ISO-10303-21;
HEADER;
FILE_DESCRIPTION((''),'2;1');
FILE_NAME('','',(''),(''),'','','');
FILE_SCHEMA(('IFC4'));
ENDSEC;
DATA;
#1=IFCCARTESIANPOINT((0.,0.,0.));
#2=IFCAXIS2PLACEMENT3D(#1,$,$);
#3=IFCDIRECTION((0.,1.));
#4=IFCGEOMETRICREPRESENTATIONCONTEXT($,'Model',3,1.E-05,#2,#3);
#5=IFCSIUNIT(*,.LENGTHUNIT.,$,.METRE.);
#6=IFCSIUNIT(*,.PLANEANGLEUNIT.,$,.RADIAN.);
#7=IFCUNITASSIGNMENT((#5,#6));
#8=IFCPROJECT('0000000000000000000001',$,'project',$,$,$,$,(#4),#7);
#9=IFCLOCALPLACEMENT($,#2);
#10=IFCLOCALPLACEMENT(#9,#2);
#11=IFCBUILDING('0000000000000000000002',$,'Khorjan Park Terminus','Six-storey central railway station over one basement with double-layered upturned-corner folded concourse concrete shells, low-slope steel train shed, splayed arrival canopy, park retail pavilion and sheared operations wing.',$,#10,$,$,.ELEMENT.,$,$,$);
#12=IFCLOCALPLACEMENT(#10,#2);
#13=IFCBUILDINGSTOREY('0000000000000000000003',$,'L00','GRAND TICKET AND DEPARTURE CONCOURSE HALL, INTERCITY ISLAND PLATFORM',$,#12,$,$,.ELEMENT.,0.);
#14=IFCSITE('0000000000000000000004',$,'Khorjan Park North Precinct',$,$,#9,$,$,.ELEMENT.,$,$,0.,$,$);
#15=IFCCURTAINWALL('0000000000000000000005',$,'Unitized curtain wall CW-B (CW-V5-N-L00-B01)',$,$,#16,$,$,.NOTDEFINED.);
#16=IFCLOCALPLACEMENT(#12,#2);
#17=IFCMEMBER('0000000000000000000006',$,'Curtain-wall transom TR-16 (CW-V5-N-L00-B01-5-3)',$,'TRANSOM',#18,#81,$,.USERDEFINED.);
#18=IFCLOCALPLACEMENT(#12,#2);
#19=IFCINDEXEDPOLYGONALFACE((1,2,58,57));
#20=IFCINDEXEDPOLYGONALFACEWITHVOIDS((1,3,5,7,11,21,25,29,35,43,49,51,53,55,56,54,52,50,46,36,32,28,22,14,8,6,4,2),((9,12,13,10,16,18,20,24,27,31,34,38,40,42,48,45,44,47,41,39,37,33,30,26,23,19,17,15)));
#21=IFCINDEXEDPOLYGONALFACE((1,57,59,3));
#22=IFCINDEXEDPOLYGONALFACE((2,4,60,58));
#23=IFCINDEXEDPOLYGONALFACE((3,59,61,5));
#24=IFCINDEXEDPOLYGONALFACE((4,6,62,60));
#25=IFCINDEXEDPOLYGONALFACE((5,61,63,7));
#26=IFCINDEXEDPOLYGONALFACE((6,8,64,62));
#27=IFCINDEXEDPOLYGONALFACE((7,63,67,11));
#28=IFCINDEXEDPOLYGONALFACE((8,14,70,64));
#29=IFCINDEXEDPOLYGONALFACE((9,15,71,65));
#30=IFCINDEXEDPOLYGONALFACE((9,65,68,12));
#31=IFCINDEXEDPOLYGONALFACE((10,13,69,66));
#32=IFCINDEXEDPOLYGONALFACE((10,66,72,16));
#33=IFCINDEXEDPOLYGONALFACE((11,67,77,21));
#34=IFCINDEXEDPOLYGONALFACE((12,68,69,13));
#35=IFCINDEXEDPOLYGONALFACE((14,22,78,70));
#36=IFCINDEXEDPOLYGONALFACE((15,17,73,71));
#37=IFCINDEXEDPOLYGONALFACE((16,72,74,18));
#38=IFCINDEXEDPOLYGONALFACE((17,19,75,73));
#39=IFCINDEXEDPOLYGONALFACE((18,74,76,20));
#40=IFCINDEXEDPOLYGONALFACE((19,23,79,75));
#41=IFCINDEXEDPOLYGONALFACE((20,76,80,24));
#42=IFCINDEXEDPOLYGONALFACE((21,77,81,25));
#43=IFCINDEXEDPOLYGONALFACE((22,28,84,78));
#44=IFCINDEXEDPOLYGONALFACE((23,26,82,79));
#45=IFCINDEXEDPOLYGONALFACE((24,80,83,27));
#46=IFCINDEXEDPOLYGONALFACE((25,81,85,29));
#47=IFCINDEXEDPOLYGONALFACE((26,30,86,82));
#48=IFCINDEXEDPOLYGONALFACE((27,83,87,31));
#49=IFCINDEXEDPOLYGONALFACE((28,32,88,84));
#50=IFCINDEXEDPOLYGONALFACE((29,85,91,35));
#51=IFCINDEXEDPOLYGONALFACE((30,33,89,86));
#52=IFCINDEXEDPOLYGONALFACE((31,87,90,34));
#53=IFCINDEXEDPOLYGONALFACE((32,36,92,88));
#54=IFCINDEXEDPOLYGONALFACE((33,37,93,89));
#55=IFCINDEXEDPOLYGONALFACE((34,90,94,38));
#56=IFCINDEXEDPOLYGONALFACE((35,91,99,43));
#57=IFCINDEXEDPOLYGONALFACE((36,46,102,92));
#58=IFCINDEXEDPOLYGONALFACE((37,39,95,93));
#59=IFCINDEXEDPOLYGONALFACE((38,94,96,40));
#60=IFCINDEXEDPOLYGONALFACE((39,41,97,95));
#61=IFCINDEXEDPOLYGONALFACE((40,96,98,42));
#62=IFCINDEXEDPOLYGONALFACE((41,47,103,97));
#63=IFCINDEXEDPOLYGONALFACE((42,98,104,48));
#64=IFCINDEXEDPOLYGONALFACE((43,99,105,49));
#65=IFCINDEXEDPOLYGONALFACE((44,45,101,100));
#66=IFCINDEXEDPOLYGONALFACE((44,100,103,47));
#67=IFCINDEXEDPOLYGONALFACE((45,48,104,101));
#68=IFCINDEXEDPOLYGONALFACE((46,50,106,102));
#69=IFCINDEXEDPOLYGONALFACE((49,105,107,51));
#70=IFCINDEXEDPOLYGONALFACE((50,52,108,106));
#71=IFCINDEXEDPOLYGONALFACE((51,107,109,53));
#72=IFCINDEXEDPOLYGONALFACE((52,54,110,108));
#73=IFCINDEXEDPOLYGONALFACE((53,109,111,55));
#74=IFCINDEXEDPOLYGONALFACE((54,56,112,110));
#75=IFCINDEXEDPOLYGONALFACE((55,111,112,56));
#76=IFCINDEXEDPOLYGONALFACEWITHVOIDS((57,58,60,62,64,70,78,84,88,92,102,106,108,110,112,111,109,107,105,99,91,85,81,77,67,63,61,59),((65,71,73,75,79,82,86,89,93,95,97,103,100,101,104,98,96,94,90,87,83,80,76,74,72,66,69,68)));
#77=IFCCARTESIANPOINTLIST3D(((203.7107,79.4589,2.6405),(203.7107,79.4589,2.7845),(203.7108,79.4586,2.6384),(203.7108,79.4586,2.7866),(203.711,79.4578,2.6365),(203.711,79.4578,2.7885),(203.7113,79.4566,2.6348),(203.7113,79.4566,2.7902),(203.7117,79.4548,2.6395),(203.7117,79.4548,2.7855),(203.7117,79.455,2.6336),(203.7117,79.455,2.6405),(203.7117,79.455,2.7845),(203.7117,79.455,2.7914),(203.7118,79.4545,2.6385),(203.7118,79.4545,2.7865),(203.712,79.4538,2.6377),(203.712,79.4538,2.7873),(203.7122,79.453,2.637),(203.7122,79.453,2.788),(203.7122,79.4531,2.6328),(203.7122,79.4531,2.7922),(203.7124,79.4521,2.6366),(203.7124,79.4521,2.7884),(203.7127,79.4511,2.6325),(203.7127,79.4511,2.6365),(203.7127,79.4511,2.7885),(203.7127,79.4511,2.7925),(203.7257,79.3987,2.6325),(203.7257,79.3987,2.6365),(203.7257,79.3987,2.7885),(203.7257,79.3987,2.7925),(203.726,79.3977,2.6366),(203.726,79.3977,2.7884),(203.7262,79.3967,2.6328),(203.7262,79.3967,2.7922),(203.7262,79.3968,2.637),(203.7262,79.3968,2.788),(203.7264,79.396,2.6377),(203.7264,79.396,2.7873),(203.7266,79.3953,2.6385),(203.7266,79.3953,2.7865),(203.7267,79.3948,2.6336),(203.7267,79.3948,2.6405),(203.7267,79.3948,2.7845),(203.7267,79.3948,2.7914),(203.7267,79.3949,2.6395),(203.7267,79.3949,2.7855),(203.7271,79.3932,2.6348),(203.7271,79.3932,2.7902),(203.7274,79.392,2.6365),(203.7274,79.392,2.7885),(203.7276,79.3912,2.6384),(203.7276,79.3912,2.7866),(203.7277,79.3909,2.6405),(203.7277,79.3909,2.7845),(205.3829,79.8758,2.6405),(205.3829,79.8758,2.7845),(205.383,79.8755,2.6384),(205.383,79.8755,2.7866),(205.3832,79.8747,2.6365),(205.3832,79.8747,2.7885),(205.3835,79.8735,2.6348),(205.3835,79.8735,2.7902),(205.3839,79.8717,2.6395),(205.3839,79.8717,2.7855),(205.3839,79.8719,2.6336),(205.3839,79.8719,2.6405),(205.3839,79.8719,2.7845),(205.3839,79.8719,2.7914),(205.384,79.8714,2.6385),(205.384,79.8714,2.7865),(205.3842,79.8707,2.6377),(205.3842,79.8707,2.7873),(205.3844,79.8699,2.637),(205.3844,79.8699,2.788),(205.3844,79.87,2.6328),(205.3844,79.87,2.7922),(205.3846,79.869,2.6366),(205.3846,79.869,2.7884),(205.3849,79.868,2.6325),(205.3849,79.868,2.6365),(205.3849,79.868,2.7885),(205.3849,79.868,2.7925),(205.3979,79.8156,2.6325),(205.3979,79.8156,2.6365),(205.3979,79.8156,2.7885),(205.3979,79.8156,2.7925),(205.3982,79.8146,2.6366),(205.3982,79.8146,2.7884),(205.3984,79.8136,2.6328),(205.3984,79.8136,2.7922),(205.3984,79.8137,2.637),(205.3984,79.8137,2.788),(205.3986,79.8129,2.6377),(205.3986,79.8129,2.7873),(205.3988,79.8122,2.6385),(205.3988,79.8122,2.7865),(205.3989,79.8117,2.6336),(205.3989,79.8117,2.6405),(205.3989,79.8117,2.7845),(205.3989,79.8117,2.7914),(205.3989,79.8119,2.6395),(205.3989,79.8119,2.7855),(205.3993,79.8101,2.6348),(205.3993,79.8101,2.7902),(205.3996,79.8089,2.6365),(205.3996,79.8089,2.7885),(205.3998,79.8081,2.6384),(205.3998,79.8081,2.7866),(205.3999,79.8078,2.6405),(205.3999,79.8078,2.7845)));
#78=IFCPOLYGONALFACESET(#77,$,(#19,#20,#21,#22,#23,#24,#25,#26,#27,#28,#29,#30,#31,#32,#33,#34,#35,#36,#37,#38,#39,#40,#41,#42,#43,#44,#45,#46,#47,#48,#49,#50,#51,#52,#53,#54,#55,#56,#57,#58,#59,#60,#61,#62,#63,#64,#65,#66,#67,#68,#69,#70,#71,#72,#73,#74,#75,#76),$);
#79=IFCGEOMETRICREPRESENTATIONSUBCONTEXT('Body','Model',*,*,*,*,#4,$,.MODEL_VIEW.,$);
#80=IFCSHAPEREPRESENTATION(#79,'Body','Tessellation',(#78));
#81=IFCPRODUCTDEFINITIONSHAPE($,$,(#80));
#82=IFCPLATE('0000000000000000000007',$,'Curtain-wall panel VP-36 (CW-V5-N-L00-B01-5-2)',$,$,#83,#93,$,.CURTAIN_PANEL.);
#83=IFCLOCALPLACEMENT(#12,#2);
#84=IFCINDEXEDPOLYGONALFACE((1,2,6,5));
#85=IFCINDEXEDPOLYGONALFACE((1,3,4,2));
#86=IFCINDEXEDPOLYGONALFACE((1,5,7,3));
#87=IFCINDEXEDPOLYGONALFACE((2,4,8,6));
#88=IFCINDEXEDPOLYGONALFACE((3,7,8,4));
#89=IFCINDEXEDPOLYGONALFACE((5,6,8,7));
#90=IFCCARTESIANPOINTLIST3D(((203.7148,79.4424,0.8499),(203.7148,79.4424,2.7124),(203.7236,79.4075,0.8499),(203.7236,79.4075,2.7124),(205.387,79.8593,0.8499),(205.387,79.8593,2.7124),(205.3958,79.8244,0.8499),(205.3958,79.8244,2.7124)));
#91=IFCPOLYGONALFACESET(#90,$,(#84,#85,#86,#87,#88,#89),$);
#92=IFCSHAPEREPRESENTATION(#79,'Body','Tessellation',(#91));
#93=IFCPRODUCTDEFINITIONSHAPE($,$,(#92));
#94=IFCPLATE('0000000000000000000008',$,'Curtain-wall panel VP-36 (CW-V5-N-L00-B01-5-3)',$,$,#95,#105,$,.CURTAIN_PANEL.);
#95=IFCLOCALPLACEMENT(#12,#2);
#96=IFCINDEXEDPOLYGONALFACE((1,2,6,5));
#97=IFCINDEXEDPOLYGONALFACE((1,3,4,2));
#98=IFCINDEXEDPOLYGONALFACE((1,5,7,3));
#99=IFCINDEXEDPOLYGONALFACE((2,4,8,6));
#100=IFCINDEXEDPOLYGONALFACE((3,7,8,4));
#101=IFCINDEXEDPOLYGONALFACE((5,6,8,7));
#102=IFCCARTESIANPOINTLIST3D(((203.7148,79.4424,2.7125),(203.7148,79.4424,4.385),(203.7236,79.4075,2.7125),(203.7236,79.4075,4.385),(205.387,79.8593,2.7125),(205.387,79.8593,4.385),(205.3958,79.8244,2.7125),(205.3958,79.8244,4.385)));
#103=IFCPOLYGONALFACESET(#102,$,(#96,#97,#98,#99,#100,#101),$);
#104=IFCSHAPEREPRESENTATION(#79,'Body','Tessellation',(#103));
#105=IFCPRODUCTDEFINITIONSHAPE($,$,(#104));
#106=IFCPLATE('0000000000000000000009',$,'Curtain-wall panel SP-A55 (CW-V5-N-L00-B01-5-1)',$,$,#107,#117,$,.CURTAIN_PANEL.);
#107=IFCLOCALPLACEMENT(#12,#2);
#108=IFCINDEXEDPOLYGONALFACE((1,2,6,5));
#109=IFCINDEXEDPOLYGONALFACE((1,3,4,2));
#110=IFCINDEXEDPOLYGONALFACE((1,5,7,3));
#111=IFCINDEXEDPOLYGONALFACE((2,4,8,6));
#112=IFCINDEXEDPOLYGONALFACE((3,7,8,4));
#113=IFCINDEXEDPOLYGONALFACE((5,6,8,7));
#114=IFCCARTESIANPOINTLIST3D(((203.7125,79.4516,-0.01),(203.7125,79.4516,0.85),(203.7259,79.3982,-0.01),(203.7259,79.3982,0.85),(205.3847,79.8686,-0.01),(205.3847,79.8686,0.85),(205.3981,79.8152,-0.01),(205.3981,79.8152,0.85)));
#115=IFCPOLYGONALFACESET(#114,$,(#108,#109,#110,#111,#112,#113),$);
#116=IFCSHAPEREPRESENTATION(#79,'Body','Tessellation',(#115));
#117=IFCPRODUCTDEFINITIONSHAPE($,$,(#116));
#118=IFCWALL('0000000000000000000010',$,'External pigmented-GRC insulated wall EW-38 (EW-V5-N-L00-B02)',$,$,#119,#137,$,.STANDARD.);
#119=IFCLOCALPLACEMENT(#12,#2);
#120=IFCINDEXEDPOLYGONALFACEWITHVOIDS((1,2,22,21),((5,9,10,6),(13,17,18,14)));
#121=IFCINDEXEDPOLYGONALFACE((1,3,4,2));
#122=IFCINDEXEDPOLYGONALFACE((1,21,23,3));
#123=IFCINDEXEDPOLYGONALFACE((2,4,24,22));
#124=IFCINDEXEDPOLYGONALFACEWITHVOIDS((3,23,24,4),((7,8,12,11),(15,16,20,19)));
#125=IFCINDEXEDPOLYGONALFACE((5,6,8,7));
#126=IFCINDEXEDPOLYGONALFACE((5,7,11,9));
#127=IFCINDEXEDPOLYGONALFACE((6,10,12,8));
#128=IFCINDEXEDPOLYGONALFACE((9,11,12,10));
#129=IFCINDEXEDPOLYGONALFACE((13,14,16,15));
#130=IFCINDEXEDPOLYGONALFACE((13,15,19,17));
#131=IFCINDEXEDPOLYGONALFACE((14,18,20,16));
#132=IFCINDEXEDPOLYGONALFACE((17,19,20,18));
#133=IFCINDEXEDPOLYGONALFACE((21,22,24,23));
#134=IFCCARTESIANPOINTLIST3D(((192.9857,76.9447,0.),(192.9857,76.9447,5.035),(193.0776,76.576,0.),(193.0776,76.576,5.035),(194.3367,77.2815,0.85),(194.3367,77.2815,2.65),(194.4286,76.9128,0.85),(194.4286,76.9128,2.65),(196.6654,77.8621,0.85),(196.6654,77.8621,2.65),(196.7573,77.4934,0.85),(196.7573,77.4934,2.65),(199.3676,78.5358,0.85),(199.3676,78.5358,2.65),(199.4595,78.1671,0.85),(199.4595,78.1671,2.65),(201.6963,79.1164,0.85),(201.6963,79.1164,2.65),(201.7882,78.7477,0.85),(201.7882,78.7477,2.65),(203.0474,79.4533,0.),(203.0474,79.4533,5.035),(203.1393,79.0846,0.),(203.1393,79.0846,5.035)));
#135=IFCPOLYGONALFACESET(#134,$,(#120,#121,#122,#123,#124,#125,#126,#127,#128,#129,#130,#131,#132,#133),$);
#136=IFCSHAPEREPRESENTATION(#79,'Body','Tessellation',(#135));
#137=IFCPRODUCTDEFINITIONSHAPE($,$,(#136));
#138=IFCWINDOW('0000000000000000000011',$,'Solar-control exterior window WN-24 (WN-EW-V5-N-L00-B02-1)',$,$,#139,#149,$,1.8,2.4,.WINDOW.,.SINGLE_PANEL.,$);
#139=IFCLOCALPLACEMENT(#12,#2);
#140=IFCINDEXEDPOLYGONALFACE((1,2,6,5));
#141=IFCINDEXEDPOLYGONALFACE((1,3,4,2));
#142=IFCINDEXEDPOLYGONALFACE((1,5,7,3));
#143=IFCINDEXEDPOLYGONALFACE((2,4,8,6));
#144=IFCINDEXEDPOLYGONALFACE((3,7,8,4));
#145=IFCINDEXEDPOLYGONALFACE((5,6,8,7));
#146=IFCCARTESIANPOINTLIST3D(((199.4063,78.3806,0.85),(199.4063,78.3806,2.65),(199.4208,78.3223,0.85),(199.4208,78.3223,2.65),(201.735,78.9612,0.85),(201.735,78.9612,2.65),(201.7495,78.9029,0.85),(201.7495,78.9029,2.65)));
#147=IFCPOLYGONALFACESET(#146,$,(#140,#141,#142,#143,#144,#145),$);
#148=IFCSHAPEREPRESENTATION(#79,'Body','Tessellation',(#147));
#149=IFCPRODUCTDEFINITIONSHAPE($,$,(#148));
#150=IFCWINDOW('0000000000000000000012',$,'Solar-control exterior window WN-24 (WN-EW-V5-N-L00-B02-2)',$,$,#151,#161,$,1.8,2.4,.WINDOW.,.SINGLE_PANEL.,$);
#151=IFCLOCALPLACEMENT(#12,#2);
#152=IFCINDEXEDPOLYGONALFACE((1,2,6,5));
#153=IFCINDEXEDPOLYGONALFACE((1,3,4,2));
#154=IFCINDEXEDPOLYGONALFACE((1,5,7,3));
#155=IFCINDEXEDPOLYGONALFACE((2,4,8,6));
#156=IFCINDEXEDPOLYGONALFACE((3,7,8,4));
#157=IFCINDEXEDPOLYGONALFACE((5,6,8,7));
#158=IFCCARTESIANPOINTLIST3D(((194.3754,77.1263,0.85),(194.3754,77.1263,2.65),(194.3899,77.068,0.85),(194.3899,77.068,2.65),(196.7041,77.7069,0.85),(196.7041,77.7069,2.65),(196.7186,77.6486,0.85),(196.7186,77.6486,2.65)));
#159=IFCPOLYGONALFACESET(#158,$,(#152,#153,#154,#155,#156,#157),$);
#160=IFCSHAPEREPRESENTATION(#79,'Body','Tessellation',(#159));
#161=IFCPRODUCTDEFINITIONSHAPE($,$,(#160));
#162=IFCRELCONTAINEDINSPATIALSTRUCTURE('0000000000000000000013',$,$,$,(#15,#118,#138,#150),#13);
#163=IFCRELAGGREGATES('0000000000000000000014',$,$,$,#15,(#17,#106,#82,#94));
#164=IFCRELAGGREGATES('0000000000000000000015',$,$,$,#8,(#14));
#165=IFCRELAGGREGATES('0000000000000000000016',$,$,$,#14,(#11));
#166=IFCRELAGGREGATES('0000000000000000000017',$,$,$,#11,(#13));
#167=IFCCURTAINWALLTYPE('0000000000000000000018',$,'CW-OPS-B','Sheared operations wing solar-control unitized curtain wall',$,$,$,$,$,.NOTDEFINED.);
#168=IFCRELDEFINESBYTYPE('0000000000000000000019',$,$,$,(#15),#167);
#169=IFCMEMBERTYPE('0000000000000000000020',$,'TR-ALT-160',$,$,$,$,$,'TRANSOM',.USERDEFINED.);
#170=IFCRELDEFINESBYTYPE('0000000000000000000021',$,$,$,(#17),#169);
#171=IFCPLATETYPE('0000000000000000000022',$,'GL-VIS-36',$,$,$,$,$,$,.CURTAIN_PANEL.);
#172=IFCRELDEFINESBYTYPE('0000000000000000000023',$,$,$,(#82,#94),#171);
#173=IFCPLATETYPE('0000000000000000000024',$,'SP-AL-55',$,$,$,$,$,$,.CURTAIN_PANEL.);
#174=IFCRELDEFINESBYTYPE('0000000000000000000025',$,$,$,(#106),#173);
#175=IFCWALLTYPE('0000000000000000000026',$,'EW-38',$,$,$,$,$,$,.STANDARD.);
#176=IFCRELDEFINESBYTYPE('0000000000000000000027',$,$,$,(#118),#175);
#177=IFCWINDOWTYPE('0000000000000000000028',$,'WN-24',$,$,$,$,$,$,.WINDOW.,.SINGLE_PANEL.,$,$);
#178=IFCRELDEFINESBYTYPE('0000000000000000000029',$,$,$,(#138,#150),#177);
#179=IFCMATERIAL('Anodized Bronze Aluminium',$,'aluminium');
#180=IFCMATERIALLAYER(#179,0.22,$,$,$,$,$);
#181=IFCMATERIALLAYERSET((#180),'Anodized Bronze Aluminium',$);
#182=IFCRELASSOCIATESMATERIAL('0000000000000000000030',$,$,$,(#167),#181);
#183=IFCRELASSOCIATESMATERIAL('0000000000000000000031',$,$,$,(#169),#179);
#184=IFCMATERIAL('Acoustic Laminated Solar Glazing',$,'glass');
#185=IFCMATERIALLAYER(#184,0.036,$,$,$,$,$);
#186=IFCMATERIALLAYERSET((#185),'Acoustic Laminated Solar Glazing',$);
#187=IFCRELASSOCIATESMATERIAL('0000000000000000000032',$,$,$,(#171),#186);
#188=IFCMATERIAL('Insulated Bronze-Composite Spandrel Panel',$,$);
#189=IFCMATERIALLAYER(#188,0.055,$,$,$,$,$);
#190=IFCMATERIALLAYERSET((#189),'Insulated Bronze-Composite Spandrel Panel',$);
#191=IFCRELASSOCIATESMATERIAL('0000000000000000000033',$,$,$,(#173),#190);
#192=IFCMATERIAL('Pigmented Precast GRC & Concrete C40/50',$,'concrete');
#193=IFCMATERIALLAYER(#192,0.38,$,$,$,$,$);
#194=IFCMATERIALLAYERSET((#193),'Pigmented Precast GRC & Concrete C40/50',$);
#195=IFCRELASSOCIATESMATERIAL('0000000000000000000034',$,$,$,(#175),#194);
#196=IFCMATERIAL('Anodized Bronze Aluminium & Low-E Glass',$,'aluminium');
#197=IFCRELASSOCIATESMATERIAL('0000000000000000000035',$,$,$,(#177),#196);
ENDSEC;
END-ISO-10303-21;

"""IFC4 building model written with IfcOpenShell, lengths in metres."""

from ifc_helpers import new_model, si_unit, direction, frame, frame_2d, origin, origin_2d, place, context, subcontext, project, spatial, rectangle, hollow_rectangle, extrude, material, layer, layer_set, material_profile, profile_set, type_object, element, fill, aggregate, save


model = new_model("IFC4")

# Units and contexts
model_context = context("Model", 3, precision=1e-05, world=origin(), true_north=direction((0.0, 1.0)))
body_context = subcontext(model_context, "Body", "Model", "MODEL_VIEW")
ifc_project = project(units=[si_unit("LENGTHUNIT", "METRE"), si_unit("PLANEANGLEUNIT", "RADIAN")], contexts=[model_context])

# Site, building, storey
site_placement = place(None, origin())
site = spatial("IfcSite", under=ifc_project, at=site_placement, Name="Khorjan Park North Precinct", CompositionType="ELEMENT", RefElevation=0.0)
building_placement = place(site_placement, origin())
building = spatial("IfcBuilding", under=site, at=building_placement, Name="Khorjan Park Terminus", Description="Six-storey central railway station over one basement with double-layered upturned-corner folded concourse concrete shells, low-slope steel train shed, splayed arrival canopy, park retail pavilion and sheared operations wing.", CompositionType="ELEMENT")
storey_placement = place(building_placement, origin())
storey = spatial("IfcBuildingStorey", under=building, at=storey_placement, Name="L00", Description="GRAND TICKET AND DEPARTURE CONCOURSE HALL, INTERCITY ISLAND PLATFORM", CompositionType="ELEMENT", Elevation=0.0)

# Curtain wall, member, plates
ifc_material_1 = material(Name="Anodized Bronze Aluminium", Category="aluminium")
ifc_layer_1 = layer(ifc_material_1, 0.22)
ifc_layer_set_1 = layer_set([ifc_layer_1], Name="Anodized Bronze Aluminium")
curtain_wall_type = type_object("IfcCurtainWallType", Name="CW-OPS-B", Description="Sheared operations wing solar-control unitized curtain wall", PredefinedType="NOTDEFINED", material=ifc_layer_set_1)
curtain_wall_placement = place(storey_placement, origin())
curtain_wall = element("IfcCurtainWall", 1, at=curtain_wall_placement, inside=storey, type_object=curtain_wall_type, Name="Unitized curtain wall CW-B (CW-V5-N-L00-B01)", PredefinedType="NOTDEFINED")
ifc_material_profile_1 = material_profile(ifc_material_1, hollow_rectangle(XDim=0.07, YDim=0.16, WallThickness=0.004, InnerFilletRadius=0.004, OuterFilletRadius=0.008, at=origin_2d()), Name="ALT 70x160x4")
ifc_profile_set_1 = profile_set([ifc_material_profile_1], Name="Anodized Bronze Aluminium")
member_type_1 = type_object("IfcMemberType", Name="TR-ALT-160", ElementType="TRANSOM", PredefinedType="USERDEFINED", material=ifc_profile_set_1)
member_1_placement = place(storey_placement, frame((205.3914, 79.8418, 2.7125), z_axis=(-0.970299, -0.241908, 0.0), x_axis=(0.241908, -0.970299, 0.0)))
member_1 = element("IfcMember", 2, at=member_1_placement, type_object=member_type_1, Name="Curtain-wall transom TR-16 (CW-V5-N-L00-B01-5-3)", ObjectType="TRANSOM", PredefinedType="USERDEFINED", context=body_context, shape_type="SweptSolid", body=[
    extrude(hollow_rectangle(XDim=0.07, YDim=0.16, WallThickness=0.004, InnerFilletRadius=0.004, OuterFilletRadius=0.008, at=origin_2d()), origin(), (0.0, 0.0, 1.0), 1.7234),
])
ifc_material_2 = material(Name="Acoustic Laminated Solar Glazing", Category="glass")
ifc_layer_2 = layer(ifc_material_2, 0.036)
ifc_layer_set_2 = layer_set([ifc_layer_2], Name="Acoustic Laminated Solar Glazing")
plate_type_1 = type_object("IfcPlateType", Name="GL-VIS-36", PredefinedType="CURTAIN_PANEL", material=ifc_layer_set_2)
plate_1_placement = place(storey_placement, frame((204.5553, 79.6334, 0.8499), z_axis=(0.0, 0.0, 1.0), x_axis=(-0.970294, -0.241928, 0.0)))
plate_1 = element("IfcPlate", 3, at=plate_1_placement, type_object=plate_type_1, Name="Curtain-wall panel VP-36 (CW-V5-N-L00-B01-5-2)", PredefinedType="CURTAIN_PANEL", context=body_context, shape_type="SweptSolid", body=[
    extrude(rectangle(XDim=1.7234, YDim=0.036, at=origin_2d()), origin(), (0.0, 0.0, 1.0), 1.8625),
])
plate_2_placement = place(storey_placement, frame((204.5553, 79.6334, 2.7125), z_axis=(0.0, 0.0, 1.0), x_axis=(-0.970294, -0.241928, 0.0)))
plate_2 = element("IfcPlate", 4, at=plate_2_placement, type_object=plate_type_1, Name="Curtain-wall panel VP-36 (CW-V5-N-L00-B01-5-3)", PredefinedType="CURTAIN_PANEL", context=body_context, shape_type="SweptSolid", body=[
    extrude(rectangle(XDim=1.7234, YDim=0.036, at=origin_2d()), origin(), (0.0, 0.0, 1.0), 1.6725),
])
ifc_material_3 = material(Name="Insulated Bronze-Composite Spandrel Panel")
ifc_layer_3 = layer(ifc_material_3, 0.055)
ifc_layer_set_3 = layer_set([ifc_layer_3], Name="Insulated Bronze-Composite Spandrel Panel")
plate_type_2 = type_object("IfcPlateType", Name="SP-AL-55", PredefinedType="CURTAIN_PANEL", material=ifc_layer_set_3)
plate_3_placement = place(storey_placement, frame((204.5553, 79.6334, -0.01), z_axis=(0.0, 0.0, 1.0), x_axis=(-0.970294, -0.241928, 0.0)))
plate_3 = element("IfcPlate", 5, at=plate_3_placement, type_object=plate_type_2, Name="Curtain-wall panel SP-A55 (CW-V5-N-L00-B01-5-1)", PredefinedType="CURTAIN_PANEL", context=body_context, shape_type="SweptSolid", body=[
    extrude(rectangle(XDim=1.7234, YDim=0.055, at=origin_2d()), origin(), (0.0, 0.0, 1.0), 0.86),
])
aggregate(curtain_wall, [member_1, plate_3, plate_1, plate_2])

# Wall, openings, windows
ifc_material_4 = material(Name="Pigmented Precast GRC & Concrete C40/50", Category="concrete")
ifc_layer_4 = layer(ifc_material_4, 0.38)
ifc_layer_set_4 = layer_set([ifc_layer_4], Name="Pigmented Precast GRC & Concrete C40/50")
wall_type_1 = type_object("IfcWallType", Name="EW-38", PredefinedType="STANDARD", material=ifc_layer_set_4)
wall_1_placement = place(storey_placement, frame((203.0933, 79.2689, 0.0), z_axis=(0.0, 0.0, 1.0), x_axis=(-0.970297, -0.241916, 0.0)))
wall_1 = element("IfcWall", 6, at=wall_1_placement, inside=storey, type_object=wall_type_1, Name="External pigmented-GRC insulated wall EW-38 (EW-V5-N-L00-B02)", PredefinedType="STANDARD", context=body_context, shape_type="SweptSolid", body=[
    extrude(rectangle(XDim=10.3697, YDim=0.38, at=frame_2d((5.1848, 0.0))), origin(), (0.0, 0.0, 1.0), 5.035),
])
opening_1_placement = place(wall_1_placement, frame((1.3924, 0.0, 0.85)))
opening_1 = element("IfcOpeningElement", 7, at=opening_1_placement, cuts=wall_1, PredefinedType="OPENING", context=body_context, shape_type="SweptSolid", body=[
    extrude(rectangle(XDim=2.4, YDim=1.8, at=frame_2d((1.2, 0.9))), frame((0.0, 0.2, 0.0), z_axis=(0.0, -1.0, 0.0), x_axis=(1.0, 0.0, 0.0)), (0.0, 0.0, 1.0), 0.4),
])
opening_2_placement = place(wall_1_placement, frame((6.5773, 0.0, 0.85)))
opening_2 = element("IfcOpeningElement", 8, at=opening_2_placement, cuts=wall_1, PredefinedType="OPENING", context=body_context, shape_type="SweptSolid", body=[
    extrude(rectangle(XDim=2.4, YDim=1.8, at=frame_2d((1.2, 0.9))), frame((0.0, 0.2, 0.0), z_axis=(0.0, -1.0, 0.0), x_axis=(1.0, 0.0, 0.0)), (0.0, 0.0, 1.0), 0.4),
])
ifc_material_5 = material(Name="Anodized Bronze Aluminium & Low-E Glass", Category="aluminium")
window_type = type_object("IfcWindowType", Name="WN-24", PartitioningType="SINGLE_PANEL", PredefinedType="WINDOW", material=ifc_material_5)
window_1_placement = place(opening_1_placement, origin())
window_1 = element("IfcWindow", 9, at=window_1_placement, inside=storey, type_object=window_type, Name="Solar-control exterior window WN-24 (WN-EW-V5-N-L00-B02-1)", OverallHeight=1.8, OverallWidth=2.4, PartitioningType="SINGLE_PANEL", PredefinedType="WINDOW", context=body_context, shape_type="SweptSolid", body=[
    extrude(rectangle(XDim=2.4, YDim=1.8, at=frame_2d((1.2, 0.9))), frame((0.0, 0.03, 0.0), z_axis=(0.0, -1.0, 0.0), x_axis=(1.0, 0.0, 0.0)), (0.0, 0.0, 1.0), 0.06),
])
fill(opening_1, window_1)
window_2_placement = place(opening_2_placement, origin())
window_2 = element("IfcWindow", 10, at=window_2_placement, inside=storey, type_object=window_type, Name="Solar-control exterior window WN-24 (WN-EW-V5-N-L00-B02-2)", OverallHeight=1.8, OverallWidth=2.4, PartitioningType="SINGLE_PANEL", PredefinedType="WINDOW", context=body_context, shape_type="SweptSolid", body=[
    extrude(rectangle(XDim=2.4, YDim=1.8, at=frame_2d((1.2, 0.9))), frame((0.0, 0.03, 0.0), z_axis=(0.0, -1.0, 0.0), x_axis=(1.0, 0.0, 0.0)), (0.0, 0.0, 1.0), 0.06),
])
fill(opening_2, window_2)

save(model, "model.ifc")
